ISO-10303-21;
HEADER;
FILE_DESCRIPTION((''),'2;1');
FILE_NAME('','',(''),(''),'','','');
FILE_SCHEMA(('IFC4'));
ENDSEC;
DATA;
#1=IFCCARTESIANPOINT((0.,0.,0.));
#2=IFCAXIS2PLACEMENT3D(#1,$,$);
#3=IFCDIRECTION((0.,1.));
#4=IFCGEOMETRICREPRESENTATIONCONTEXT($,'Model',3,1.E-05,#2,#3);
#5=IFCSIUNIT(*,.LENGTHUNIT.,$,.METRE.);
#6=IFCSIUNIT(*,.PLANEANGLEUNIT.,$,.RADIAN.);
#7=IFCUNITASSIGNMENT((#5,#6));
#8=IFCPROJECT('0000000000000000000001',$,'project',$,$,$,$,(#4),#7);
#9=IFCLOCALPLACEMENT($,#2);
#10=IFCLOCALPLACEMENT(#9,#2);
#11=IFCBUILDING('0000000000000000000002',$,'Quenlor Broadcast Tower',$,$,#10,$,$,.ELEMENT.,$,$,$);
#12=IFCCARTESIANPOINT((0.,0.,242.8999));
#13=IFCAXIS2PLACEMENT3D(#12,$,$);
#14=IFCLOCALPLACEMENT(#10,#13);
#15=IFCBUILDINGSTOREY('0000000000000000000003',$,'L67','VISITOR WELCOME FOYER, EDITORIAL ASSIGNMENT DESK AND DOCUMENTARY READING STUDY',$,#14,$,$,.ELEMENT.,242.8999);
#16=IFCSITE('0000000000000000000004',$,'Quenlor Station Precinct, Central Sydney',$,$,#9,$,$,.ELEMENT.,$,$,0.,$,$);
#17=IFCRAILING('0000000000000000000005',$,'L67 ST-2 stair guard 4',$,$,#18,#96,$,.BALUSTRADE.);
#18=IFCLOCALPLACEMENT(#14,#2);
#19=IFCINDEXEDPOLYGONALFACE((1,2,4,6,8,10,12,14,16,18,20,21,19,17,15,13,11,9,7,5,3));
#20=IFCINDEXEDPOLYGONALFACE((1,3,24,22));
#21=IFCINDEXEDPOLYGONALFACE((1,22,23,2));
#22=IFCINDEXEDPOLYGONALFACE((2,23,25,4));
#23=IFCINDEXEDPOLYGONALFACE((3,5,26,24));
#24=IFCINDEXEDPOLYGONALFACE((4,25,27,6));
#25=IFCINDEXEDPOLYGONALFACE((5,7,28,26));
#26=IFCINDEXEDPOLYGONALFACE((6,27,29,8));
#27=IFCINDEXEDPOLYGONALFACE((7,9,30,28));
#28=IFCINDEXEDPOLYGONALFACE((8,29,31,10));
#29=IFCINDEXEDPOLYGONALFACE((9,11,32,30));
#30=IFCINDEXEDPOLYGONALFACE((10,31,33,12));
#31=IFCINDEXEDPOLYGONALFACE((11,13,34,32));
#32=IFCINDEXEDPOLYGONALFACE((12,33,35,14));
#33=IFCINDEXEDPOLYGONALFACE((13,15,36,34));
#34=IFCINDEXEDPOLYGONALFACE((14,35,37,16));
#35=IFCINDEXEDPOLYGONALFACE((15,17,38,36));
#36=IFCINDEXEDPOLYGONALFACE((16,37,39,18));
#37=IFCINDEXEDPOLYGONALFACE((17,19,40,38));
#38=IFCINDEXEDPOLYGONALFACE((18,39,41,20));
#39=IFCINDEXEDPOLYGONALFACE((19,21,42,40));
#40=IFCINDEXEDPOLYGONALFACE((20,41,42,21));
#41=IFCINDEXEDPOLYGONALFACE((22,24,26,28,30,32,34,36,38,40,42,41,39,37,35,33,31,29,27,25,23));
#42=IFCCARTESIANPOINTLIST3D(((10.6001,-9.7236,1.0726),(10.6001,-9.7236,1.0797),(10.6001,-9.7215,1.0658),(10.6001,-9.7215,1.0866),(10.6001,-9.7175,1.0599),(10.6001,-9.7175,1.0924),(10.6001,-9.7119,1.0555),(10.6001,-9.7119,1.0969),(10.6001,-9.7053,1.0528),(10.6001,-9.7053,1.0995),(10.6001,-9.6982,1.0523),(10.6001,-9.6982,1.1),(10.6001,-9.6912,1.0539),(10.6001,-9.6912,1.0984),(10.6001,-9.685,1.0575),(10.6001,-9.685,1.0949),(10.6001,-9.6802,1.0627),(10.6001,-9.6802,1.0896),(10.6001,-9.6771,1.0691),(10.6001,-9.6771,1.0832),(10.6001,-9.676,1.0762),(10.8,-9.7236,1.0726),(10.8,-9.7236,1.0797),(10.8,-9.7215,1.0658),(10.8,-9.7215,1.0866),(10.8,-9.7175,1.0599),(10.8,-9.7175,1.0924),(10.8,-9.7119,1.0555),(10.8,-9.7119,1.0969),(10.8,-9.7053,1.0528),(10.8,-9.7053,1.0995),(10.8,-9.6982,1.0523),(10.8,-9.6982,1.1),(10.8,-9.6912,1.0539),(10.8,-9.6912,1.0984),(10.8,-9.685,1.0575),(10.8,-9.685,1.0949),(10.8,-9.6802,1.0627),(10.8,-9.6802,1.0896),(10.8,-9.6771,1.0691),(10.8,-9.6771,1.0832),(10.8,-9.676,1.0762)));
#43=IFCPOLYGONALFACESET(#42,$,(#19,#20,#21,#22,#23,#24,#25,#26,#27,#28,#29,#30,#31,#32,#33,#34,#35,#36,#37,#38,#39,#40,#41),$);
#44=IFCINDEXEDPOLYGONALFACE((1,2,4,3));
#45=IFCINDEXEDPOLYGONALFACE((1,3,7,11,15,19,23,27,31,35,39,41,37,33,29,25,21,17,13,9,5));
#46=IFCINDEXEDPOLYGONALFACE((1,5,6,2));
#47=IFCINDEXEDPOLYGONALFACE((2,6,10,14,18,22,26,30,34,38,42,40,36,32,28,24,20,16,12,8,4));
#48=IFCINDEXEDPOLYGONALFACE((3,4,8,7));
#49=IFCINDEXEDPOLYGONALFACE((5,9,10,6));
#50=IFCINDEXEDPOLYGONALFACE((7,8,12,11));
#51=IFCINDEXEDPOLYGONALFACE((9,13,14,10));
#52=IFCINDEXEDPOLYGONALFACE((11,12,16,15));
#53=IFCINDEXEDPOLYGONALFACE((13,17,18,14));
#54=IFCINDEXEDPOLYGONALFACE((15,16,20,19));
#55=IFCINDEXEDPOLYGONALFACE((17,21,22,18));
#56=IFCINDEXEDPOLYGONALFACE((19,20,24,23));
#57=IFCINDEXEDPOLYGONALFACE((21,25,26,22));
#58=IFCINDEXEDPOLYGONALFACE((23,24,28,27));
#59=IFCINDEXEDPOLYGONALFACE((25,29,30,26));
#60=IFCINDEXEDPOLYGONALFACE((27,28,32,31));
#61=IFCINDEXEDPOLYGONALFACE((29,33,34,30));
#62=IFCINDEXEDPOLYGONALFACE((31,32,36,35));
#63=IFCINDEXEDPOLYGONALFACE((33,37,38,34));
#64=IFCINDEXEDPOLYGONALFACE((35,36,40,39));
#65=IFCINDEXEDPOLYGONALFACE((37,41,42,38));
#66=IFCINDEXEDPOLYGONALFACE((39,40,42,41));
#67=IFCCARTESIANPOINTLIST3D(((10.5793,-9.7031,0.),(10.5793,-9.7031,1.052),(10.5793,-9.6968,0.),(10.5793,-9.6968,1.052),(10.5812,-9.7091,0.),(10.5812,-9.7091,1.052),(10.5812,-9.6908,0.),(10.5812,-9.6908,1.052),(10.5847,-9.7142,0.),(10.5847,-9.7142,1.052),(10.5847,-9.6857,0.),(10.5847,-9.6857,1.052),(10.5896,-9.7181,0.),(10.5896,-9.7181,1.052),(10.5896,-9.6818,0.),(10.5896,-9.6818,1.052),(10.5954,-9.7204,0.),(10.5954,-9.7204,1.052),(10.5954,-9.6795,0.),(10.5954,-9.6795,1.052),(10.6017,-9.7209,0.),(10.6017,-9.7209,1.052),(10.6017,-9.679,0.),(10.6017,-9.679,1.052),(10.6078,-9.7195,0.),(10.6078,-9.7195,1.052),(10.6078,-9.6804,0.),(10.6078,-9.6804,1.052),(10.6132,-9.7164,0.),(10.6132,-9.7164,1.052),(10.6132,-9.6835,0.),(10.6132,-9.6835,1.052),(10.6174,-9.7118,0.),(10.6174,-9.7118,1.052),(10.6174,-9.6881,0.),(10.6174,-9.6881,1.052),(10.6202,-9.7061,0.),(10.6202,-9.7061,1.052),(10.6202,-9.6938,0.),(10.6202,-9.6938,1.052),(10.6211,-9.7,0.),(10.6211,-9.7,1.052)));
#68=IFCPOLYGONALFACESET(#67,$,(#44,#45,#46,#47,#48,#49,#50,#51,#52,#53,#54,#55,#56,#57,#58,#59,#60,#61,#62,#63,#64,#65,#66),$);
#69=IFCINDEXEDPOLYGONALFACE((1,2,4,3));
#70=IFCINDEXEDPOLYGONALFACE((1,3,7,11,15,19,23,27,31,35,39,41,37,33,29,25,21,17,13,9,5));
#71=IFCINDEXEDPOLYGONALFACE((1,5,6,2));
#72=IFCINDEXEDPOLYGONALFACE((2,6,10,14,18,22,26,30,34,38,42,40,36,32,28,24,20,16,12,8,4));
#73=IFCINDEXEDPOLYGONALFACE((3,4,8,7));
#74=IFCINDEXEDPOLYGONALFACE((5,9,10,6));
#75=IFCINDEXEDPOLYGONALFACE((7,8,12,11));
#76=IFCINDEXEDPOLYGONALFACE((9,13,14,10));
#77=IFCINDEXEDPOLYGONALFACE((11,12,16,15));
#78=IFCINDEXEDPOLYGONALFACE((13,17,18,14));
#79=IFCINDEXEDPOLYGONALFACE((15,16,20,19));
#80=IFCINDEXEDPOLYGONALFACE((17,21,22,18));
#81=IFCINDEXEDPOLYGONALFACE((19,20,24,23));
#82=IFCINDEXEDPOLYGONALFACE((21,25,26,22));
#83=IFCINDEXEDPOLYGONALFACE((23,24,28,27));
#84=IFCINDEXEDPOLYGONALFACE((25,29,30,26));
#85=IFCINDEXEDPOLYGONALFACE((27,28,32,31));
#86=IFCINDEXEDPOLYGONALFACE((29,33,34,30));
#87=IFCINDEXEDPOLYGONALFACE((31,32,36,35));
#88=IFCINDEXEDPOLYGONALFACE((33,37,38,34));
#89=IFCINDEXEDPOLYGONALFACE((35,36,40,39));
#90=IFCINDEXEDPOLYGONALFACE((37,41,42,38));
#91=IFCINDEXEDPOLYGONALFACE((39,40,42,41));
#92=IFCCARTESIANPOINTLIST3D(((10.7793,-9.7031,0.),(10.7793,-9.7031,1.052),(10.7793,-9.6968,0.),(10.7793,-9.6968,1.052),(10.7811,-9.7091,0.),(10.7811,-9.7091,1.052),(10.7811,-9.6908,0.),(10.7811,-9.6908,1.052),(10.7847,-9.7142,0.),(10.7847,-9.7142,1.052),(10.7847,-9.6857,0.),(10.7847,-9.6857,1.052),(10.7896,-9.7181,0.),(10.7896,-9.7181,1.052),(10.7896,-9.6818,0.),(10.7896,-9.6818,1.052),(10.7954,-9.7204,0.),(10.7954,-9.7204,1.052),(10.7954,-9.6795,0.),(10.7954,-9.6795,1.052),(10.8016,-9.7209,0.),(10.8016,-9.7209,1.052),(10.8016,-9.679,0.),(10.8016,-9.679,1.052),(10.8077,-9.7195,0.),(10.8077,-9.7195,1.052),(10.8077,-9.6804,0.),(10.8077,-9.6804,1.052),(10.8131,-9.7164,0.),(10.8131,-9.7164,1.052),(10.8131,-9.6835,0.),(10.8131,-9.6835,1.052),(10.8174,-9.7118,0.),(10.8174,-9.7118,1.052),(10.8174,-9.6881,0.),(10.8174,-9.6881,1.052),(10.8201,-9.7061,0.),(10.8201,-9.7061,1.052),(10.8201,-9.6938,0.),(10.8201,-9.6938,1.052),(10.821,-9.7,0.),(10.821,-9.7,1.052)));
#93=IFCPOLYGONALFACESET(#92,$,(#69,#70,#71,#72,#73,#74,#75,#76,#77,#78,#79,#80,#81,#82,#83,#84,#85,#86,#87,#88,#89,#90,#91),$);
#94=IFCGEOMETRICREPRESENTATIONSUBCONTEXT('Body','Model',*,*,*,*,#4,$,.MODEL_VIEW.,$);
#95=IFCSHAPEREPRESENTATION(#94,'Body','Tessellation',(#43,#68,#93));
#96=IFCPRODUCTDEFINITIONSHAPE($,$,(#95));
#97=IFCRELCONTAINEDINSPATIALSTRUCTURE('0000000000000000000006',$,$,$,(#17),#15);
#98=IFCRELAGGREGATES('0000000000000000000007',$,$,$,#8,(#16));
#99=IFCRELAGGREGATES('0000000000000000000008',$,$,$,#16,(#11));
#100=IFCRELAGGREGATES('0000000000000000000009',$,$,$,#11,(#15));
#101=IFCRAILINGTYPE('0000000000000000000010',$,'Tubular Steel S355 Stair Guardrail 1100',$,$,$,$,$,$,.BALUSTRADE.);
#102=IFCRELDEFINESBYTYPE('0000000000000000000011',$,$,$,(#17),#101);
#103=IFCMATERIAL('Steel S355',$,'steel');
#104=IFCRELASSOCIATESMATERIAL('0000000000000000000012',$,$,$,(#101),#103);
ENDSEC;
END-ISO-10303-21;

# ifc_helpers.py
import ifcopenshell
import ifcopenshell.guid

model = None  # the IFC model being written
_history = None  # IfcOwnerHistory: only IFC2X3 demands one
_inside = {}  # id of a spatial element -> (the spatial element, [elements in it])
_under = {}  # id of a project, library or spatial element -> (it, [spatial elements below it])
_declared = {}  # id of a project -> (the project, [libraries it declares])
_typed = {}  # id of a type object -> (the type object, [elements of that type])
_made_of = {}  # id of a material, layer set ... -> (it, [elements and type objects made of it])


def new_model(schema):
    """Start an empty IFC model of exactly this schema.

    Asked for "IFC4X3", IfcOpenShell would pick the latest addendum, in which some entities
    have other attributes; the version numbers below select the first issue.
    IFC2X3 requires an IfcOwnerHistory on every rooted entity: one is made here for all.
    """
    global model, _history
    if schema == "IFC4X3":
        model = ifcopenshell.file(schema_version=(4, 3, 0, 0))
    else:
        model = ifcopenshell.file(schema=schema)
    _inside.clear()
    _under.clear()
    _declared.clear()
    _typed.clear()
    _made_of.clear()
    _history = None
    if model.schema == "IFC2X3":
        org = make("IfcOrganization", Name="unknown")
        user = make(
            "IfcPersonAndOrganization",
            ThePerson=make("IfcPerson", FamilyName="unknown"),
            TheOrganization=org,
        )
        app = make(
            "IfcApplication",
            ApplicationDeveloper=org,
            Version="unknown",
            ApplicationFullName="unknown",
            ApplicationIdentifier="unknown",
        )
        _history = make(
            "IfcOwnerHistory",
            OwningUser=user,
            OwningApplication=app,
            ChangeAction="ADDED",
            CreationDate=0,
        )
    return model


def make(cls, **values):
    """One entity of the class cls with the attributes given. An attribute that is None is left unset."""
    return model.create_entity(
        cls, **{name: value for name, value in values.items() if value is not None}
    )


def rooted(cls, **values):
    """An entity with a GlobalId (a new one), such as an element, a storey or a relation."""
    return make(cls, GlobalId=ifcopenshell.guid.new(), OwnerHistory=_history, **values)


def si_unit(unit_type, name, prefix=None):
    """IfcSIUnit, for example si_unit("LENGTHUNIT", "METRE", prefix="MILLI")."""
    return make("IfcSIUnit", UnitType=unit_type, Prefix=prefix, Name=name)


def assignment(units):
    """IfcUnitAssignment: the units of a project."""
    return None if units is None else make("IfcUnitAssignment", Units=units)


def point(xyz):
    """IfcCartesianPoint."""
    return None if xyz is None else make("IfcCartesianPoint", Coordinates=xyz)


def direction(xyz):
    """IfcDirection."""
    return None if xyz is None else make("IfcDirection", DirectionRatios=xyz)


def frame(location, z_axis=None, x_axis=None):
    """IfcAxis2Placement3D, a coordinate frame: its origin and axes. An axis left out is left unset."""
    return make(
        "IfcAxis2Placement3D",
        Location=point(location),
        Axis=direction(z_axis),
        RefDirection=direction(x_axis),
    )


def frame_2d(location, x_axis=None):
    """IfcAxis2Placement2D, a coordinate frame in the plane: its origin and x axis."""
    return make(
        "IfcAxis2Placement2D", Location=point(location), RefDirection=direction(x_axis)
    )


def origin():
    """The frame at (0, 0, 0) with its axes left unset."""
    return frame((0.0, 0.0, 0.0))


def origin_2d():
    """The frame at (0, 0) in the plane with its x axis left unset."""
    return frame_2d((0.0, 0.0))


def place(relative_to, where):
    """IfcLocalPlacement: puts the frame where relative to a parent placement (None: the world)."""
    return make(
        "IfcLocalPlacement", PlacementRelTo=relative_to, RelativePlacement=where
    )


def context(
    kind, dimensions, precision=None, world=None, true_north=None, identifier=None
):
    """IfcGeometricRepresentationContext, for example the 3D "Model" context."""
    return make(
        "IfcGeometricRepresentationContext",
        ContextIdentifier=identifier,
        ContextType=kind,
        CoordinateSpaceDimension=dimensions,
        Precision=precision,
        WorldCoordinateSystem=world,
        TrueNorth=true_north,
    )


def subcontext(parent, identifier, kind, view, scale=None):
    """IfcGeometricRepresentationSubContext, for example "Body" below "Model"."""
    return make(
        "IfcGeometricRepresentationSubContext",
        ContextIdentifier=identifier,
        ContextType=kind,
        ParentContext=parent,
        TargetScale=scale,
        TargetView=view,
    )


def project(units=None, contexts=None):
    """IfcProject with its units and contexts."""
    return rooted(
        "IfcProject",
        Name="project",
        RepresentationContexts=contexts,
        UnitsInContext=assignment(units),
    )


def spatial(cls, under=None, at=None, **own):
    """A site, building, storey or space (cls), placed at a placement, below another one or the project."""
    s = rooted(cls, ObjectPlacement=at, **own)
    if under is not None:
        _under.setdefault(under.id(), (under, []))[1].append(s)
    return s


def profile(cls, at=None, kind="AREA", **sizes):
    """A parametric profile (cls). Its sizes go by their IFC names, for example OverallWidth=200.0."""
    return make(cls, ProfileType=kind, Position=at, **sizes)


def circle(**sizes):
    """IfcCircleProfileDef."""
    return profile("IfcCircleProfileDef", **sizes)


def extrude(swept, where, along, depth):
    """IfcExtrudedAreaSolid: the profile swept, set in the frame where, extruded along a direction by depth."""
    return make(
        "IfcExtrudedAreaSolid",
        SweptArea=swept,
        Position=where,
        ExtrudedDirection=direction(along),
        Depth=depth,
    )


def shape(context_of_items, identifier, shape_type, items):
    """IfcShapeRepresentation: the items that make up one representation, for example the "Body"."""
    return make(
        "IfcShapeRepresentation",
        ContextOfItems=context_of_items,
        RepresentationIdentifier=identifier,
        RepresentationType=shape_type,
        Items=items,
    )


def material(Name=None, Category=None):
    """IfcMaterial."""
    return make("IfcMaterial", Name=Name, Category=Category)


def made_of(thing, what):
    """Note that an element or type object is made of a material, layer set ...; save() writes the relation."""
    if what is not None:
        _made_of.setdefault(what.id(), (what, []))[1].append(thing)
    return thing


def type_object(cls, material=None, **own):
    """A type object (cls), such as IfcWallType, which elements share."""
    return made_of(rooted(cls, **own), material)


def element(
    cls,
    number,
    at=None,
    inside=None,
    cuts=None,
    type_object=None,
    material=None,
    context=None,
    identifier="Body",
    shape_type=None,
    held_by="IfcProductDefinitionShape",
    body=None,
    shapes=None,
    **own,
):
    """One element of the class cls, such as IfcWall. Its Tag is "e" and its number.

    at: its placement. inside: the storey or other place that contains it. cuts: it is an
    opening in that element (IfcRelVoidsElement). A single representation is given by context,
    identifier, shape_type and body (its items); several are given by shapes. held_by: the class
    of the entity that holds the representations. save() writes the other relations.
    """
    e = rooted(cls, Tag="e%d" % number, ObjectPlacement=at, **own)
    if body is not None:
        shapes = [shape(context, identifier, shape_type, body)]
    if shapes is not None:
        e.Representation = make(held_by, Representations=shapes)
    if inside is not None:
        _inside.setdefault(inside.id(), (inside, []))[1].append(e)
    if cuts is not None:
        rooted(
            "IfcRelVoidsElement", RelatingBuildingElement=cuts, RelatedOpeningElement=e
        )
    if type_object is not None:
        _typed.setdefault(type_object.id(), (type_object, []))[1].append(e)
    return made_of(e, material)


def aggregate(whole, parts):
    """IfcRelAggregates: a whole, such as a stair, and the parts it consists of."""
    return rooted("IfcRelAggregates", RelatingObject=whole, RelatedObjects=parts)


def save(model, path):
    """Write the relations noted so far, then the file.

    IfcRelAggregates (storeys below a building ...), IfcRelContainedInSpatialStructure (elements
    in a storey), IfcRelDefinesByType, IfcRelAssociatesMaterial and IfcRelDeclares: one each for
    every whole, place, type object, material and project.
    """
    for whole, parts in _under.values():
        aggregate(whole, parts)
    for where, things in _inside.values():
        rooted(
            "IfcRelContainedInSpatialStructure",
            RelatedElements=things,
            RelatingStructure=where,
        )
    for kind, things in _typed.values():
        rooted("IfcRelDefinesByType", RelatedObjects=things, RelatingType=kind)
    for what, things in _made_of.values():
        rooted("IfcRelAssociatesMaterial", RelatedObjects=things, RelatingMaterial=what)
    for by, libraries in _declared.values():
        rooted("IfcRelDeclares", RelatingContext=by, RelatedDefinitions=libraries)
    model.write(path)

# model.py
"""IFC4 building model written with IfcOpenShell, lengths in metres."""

from ifc_helpers import new_model, si_unit, direction, frame, origin, origin_2d, place, context, subcontext, project, spatial, circle, extrude, material, type_object, element, save


model = new_model("IFC4")

# Units and contexts
model_context = context("Model", 3, precision=1e-05, world=origin(), true_north=direction((0.0, 1.0)))
body_context = subcontext(model_context, "Body", "Model", "MODEL_VIEW")
ifc_project = project(units=[si_unit("LENGTHUNIT", "METRE"), si_unit("PLANEANGLEUNIT", "RADIAN")], contexts=[model_context])

# Site, building, storey
site_placement = place(None, origin())
site = spatial("IfcSite", under=ifc_project, at=site_placement, Name="Quenlor Station Precinct, Central Sydney", CompositionType="ELEMENT", RefElevation=0.0)
building_placement = place(site_placement, origin())
building = spatial("IfcBuilding", under=site, at=building_placement, Name="Quenlor Broadcast Tower", CompositionType="ELEMENT")
storey_placement = place(building_placement, frame((0.0, 0.0, 242.8999)))
storey = spatial("IfcBuildingStorey", under=building, at=storey_placement, Name="L67", Description="VISITOR WELCOME FOYER, EDITORIAL ASSIGNMENT DESK AND DOCUMENTARY READING STUDY", CompositionType="ELEMENT", Elevation=242.8999)

# Railing
ifc_material_1 = material(Name="Steel S355", Category="steel")
railing_type_1 = type_object("IfcRailingType", Name="Tubular Steel S355 Stair Guardrail 1100", PredefinedType="BALUSTRADE", material=ifc_material_1)
railing_1_placement = place(storey_placement, frame((10.6001, -9.7, 0.0)))
element("IfcRailing", 1, at=railing_1_placement, inside=storey, type_object=railing_type_1, Name="L67 ST-2 stair guard 4", PredefinedType="BALUSTRADE", context=body_context, shape_type="SweptSolid", body=[
    extrude(circle(Radius=0.0239, at=origin_2d()), frame((0.0, 0.0, 1.0762), z_axis=(1.0, 0.0, 0.0), x_axis=(0.0, 1.0, 0.0)), (0.0, 0.0, 1.0), 0.2),
    extrude(circle(Radius=0.021, at=origin_2d()), origin(), (0.0, 0.0, 1.0), 1.052),
    extrude(circle(Radius=0.021, at=origin_2d()), frame((0.2, 0.0, 0.0)), (0.0, 0.0, 1.0), 1.052),
])

save(model, "model.ifc")
